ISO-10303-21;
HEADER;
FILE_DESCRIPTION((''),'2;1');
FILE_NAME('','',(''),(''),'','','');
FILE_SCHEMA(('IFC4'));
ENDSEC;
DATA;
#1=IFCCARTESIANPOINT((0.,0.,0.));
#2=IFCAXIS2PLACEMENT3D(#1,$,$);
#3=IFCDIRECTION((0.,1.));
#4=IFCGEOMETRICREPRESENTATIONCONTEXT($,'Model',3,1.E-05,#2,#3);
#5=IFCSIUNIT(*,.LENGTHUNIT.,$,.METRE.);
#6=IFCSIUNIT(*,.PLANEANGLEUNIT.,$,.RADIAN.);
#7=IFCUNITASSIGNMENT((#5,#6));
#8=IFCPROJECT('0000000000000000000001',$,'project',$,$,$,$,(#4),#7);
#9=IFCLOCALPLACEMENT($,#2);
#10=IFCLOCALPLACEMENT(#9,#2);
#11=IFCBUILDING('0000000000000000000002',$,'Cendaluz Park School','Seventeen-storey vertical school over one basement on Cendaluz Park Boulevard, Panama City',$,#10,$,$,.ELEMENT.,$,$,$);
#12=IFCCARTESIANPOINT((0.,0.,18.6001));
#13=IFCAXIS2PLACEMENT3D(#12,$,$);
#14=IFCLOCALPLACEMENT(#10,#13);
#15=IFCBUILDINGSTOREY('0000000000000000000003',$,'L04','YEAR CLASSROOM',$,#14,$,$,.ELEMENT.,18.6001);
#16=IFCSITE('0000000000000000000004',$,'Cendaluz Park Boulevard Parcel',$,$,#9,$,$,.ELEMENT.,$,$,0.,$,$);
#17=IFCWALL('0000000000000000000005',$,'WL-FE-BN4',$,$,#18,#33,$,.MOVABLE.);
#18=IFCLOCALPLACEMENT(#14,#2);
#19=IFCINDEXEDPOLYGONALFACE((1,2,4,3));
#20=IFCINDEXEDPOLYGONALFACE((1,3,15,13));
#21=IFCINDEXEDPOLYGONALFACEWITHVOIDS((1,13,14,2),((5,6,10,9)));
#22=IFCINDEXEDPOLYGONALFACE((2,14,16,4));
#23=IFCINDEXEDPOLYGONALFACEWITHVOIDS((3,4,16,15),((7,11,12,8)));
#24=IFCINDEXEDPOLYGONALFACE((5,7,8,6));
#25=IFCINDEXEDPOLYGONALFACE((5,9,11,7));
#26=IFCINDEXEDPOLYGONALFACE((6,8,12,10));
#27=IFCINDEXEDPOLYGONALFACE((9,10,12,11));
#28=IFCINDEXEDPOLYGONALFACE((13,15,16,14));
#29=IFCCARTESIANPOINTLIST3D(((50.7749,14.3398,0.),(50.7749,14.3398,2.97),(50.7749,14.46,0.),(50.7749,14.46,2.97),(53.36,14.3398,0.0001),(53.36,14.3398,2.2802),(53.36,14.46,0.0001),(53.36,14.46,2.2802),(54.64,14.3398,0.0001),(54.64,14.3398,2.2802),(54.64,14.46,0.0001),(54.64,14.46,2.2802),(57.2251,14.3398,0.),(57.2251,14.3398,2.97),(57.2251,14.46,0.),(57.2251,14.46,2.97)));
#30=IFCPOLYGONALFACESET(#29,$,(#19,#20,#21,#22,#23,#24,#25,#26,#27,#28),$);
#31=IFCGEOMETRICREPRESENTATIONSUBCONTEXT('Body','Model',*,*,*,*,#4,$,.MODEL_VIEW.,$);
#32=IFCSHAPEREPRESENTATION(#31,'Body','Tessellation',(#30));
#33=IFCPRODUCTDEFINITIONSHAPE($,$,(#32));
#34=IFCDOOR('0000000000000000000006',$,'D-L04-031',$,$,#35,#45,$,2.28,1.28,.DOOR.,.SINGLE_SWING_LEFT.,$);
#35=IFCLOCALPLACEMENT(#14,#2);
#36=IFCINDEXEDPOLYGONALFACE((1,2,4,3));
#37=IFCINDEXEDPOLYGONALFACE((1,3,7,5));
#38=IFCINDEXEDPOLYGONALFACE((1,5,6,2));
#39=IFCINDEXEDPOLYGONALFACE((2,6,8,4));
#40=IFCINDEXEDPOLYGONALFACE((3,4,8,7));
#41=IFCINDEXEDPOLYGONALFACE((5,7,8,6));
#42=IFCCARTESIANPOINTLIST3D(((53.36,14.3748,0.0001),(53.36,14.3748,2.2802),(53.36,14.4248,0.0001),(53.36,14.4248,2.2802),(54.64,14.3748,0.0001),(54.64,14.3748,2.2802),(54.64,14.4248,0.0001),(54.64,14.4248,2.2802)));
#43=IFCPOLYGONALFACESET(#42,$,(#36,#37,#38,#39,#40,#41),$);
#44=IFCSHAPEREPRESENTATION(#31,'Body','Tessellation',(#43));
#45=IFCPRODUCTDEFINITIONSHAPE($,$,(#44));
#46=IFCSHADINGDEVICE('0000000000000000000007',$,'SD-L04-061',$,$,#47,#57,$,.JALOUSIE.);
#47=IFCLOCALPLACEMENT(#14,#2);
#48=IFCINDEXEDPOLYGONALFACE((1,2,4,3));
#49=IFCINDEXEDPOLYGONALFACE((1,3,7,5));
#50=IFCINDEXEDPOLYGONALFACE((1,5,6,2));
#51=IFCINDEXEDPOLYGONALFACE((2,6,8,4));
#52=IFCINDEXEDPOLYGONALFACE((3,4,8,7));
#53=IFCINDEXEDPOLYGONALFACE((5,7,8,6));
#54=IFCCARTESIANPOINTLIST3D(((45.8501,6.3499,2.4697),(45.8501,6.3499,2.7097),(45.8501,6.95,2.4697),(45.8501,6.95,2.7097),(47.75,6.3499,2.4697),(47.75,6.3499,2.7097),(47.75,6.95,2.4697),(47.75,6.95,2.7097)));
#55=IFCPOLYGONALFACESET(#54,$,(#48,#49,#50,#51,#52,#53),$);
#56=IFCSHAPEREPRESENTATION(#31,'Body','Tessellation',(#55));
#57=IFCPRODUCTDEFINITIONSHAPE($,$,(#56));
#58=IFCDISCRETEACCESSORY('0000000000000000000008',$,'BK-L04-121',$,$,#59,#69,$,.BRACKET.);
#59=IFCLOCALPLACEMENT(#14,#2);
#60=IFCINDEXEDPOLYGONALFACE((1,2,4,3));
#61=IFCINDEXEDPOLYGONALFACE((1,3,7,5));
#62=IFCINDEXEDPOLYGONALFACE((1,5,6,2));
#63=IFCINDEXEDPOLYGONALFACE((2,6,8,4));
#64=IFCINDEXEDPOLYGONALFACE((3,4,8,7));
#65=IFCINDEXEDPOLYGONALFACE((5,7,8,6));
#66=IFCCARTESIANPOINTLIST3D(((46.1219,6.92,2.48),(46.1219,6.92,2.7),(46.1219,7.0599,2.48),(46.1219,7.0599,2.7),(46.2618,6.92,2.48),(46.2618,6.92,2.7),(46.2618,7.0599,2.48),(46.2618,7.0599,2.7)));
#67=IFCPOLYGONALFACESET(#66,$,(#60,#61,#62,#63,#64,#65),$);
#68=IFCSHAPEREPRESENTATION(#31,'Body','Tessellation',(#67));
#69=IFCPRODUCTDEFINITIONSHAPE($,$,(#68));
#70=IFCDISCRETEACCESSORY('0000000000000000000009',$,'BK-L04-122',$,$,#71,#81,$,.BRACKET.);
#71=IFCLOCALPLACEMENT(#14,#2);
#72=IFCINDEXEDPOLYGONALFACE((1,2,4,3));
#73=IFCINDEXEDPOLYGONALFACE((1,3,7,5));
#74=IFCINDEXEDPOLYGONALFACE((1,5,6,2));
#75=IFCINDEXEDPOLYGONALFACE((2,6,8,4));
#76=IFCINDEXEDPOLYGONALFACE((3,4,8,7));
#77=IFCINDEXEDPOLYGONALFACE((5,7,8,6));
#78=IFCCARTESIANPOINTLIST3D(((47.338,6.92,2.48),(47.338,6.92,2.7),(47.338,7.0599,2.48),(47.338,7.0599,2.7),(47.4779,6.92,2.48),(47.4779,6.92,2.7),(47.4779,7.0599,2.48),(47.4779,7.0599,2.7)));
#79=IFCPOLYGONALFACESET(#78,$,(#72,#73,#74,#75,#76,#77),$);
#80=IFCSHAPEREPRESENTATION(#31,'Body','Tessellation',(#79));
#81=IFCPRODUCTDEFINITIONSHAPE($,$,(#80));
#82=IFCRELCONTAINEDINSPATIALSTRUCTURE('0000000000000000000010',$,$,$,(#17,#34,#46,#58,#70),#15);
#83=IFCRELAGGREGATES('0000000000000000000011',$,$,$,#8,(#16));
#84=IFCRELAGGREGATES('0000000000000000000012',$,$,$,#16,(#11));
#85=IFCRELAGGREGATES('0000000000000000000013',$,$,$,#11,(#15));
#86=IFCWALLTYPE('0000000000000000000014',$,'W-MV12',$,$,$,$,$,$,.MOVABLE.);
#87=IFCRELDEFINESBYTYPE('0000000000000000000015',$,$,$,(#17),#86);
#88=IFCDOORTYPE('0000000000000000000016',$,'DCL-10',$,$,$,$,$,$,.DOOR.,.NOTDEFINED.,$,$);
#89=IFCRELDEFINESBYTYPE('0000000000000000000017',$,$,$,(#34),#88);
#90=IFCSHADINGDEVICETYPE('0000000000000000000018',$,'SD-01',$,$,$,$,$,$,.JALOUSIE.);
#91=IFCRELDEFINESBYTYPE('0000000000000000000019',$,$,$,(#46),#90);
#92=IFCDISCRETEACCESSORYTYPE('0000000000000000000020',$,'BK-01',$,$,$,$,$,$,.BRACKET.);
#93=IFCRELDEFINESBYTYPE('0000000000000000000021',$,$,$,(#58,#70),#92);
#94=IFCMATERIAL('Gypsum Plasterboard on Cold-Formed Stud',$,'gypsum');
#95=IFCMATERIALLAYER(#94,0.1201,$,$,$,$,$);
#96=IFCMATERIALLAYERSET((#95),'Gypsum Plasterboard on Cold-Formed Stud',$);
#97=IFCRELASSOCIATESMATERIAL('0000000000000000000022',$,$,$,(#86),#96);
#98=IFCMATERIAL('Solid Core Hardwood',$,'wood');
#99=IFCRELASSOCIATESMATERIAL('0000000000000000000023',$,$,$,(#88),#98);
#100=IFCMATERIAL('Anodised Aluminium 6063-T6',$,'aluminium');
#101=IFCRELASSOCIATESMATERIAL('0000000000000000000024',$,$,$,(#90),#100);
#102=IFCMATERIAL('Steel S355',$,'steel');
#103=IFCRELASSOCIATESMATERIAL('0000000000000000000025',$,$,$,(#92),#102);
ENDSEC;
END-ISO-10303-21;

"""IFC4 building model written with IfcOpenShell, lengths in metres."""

from ifc_helpers import new_model, si_unit, direction, frame, frame_2d, origin, origin_2d, place, context, subcontext, project, spatial, rectangle, extrude, material, layer, layer_set, type_object, element, fill, save


model = new_model("IFC4")

# Units and contexts
model_context = context("Model", 3, precision=1e-05, world=origin(), true_north=direction((0.0, 1.0)))
body_context = subcontext(model_context, "Body", "Model", "MODEL_VIEW")
ifc_project = project(units=[si_unit("LENGTHUNIT", "METRE"), si_unit("PLANEANGLEUNIT", "RADIAN")], contexts=[model_context])

# Site, building, storey
site_placement = place(None, origin())
site = spatial("IfcSite", under=ifc_project, at=site_placement, Name="Cendaluz Park Boulevard Parcel", CompositionType="ELEMENT", RefElevation=0.0)
building_placement = place(site_placement, origin())
building = spatial("IfcBuilding", under=site, at=building_placement, Name="Cendaluz Park School", Description="Seventeen-storey vertical school over one basement on Cendaluz Park Boulevard, Panama City", CompositionType="ELEMENT")
storey_placement = place(building_placement, frame((0.0, 0.0, 18.6001)))
storey = spatial("IfcBuildingStorey", under=building, at=storey_placement, Name="L04", Description="YEAR CLASSROOM", CompositionType="ELEMENT", Elevation=18.6001)

# Shared definitions
ifc_material_1 = material(Name="Anodised Aluminium 6063-T6", Category="aluminium")

# Shared definitions
ifc_material_2 = material(Name="Gypsum Plasterboard on Cold-Formed Stud", Category="gypsum")
ifc_material_3 = material(Name="Solid Core Hardwood", Category="wood")

# Wall, opening, door
ifc_layer_1 = layer(ifc_material_2, 0.1201)
ifc_layer_set_1 = layer_set([ifc_layer_1], Name="Gypsum Plasterboard on Cold-Formed Stud")
wall_type_1 = type_object("IfcWallType", Name="W-MV12", PredefinedType="MOVABLE", material=ifc_layer_set_1)
wall_1_placement = place(storey_placement, frame((50.7749, 14.3999, 0.0), z_axis=(0.0, 0.0, 1.0), x_axis=(1.0, 0.0, 0.0)))
wall_1 = element("IfcWall", 1, at=wall_1_placement, inside=storey, type_object=wall_type_1, Name="WL-FE-BN4", PredefinedType="MOVABLE", context=body_context, shape_type="SweptSolid", body=[
    extrude(rectangle(XDim=6.4502, YDim=0.1201, at=frame_2d((3.2251, 0.0))), origin(), (0.0, 0.0, 1.0), 2.97),
])
opening_1_placement = place(wall_1_placement, frame((2.585, 0.0, 0.0)))
opening_1 = element("IfcOpeningElement", 2, at=opening_1_placement, cuts=wall_1, PredefinedType="OPENING", context=body_context, shape_type="SweptSolid", body=[
    extrude(rectangle(XDim=1.28, YDim=2.28, at=frame_2d((0.6401, 1.1401))), frame((0.0, 0.072, 0.0), z_axis=(0.0, -1.0, 0.0), x_axis=(1.0, 0.0, 0.0)), (0.0, 0.0, 1.0), 0.144),
])
door_type_1 = type_object("IfcDoorType", Name="DCL-10", OperationType="NOTDEFINED", PredefinedType="DOOR", material=ifc_material_3)
door_1_placement = place(opening_1_placement, origin())
door_1 = element("IfcDoor", 3, at=door_1_placement, inside=storey, type_object=door_type_1, Name="D-L04-031", OperationType="SINGLE_SWING_LEFT", OverallHeight=2.28, OverallWidth=1.28, PredefinedType="DOOR", context=body_context, shape_type="SweptSolid", body=[
    extrude(rectangle(XDim=1.28, YDim=2.28, at=frame_2d((0.6401, 1.1401))), frame((0.0, 0.0249, 0.0), z_axis=(0.0, -1.0, 0.0), x_axis=(1.0, 0.0, 0.0)), (0.0, 0.0, 1.0), 0.05),
])
fill(opening_1, door_1)

# Shading device
shading_device_type = type_object("IfcShadingDeviceType", Name="SD-01", PredefinedType="JALOUSIE", material=ifc_material_1)
shading_device_placement = place(storey_placement, frame((46.8, 6.6499, 2.4697), z_axis=(0.0, 0.0, 1.0), x_axis=(1.0, 0.0, 0.0)))
element("IfcShadingDevice", 4, at=shading_device_placement, inside=storey, type_object=shading_device_type, Name="SD-L04-061", PredefinedType="JALOUSIE", context=body_context, shape_type="SweptSolid", body=[
    extrude(rectangle(XDim=1.8999, YDim=0.6001, at=origin_2d()), origin(), (0.0, 0.0, 1.0), 0.24),
])

# Discrete accessories
ifc_material_4 = material(Name="Steel S355", Category="steel")
discrete_accessory_type = type_object("IfcDiscreteAccessoryType", Name="BK-01", PredefinedType="BRACKET", material=ifc_material_4)
for number, where, z_axis, x_axis, name in (
    (5, (46.1919, 6.99, 2.48), (0.0, 0.0, 1.0), (1.0, 0.0, 0.0), "BK-L04-121"),
    (6, (47.408, 6.99, 2.48), (0.0, 0.0, 1.0), (1.0, 0.0, 0.0), "BK-L04-122"),
):
    element("IfcDiscreteAccessory", number, at=place(storey_placement, frame(where, z_axis=z_axis, x_axis=x_axis)), inside=storey, type_object=discrete_accessory_type, Name=name, PredefinedType="BRACKET", context=body_context, shape_type="SweptSolid", body=[
        extrude(rectangle(XDim=0.1399, YDim=0.1399, at=origin_2d()), origin(), (0.0, 0.0, 1.0), 0.22),
    ])

save(model, "model.ifc")
